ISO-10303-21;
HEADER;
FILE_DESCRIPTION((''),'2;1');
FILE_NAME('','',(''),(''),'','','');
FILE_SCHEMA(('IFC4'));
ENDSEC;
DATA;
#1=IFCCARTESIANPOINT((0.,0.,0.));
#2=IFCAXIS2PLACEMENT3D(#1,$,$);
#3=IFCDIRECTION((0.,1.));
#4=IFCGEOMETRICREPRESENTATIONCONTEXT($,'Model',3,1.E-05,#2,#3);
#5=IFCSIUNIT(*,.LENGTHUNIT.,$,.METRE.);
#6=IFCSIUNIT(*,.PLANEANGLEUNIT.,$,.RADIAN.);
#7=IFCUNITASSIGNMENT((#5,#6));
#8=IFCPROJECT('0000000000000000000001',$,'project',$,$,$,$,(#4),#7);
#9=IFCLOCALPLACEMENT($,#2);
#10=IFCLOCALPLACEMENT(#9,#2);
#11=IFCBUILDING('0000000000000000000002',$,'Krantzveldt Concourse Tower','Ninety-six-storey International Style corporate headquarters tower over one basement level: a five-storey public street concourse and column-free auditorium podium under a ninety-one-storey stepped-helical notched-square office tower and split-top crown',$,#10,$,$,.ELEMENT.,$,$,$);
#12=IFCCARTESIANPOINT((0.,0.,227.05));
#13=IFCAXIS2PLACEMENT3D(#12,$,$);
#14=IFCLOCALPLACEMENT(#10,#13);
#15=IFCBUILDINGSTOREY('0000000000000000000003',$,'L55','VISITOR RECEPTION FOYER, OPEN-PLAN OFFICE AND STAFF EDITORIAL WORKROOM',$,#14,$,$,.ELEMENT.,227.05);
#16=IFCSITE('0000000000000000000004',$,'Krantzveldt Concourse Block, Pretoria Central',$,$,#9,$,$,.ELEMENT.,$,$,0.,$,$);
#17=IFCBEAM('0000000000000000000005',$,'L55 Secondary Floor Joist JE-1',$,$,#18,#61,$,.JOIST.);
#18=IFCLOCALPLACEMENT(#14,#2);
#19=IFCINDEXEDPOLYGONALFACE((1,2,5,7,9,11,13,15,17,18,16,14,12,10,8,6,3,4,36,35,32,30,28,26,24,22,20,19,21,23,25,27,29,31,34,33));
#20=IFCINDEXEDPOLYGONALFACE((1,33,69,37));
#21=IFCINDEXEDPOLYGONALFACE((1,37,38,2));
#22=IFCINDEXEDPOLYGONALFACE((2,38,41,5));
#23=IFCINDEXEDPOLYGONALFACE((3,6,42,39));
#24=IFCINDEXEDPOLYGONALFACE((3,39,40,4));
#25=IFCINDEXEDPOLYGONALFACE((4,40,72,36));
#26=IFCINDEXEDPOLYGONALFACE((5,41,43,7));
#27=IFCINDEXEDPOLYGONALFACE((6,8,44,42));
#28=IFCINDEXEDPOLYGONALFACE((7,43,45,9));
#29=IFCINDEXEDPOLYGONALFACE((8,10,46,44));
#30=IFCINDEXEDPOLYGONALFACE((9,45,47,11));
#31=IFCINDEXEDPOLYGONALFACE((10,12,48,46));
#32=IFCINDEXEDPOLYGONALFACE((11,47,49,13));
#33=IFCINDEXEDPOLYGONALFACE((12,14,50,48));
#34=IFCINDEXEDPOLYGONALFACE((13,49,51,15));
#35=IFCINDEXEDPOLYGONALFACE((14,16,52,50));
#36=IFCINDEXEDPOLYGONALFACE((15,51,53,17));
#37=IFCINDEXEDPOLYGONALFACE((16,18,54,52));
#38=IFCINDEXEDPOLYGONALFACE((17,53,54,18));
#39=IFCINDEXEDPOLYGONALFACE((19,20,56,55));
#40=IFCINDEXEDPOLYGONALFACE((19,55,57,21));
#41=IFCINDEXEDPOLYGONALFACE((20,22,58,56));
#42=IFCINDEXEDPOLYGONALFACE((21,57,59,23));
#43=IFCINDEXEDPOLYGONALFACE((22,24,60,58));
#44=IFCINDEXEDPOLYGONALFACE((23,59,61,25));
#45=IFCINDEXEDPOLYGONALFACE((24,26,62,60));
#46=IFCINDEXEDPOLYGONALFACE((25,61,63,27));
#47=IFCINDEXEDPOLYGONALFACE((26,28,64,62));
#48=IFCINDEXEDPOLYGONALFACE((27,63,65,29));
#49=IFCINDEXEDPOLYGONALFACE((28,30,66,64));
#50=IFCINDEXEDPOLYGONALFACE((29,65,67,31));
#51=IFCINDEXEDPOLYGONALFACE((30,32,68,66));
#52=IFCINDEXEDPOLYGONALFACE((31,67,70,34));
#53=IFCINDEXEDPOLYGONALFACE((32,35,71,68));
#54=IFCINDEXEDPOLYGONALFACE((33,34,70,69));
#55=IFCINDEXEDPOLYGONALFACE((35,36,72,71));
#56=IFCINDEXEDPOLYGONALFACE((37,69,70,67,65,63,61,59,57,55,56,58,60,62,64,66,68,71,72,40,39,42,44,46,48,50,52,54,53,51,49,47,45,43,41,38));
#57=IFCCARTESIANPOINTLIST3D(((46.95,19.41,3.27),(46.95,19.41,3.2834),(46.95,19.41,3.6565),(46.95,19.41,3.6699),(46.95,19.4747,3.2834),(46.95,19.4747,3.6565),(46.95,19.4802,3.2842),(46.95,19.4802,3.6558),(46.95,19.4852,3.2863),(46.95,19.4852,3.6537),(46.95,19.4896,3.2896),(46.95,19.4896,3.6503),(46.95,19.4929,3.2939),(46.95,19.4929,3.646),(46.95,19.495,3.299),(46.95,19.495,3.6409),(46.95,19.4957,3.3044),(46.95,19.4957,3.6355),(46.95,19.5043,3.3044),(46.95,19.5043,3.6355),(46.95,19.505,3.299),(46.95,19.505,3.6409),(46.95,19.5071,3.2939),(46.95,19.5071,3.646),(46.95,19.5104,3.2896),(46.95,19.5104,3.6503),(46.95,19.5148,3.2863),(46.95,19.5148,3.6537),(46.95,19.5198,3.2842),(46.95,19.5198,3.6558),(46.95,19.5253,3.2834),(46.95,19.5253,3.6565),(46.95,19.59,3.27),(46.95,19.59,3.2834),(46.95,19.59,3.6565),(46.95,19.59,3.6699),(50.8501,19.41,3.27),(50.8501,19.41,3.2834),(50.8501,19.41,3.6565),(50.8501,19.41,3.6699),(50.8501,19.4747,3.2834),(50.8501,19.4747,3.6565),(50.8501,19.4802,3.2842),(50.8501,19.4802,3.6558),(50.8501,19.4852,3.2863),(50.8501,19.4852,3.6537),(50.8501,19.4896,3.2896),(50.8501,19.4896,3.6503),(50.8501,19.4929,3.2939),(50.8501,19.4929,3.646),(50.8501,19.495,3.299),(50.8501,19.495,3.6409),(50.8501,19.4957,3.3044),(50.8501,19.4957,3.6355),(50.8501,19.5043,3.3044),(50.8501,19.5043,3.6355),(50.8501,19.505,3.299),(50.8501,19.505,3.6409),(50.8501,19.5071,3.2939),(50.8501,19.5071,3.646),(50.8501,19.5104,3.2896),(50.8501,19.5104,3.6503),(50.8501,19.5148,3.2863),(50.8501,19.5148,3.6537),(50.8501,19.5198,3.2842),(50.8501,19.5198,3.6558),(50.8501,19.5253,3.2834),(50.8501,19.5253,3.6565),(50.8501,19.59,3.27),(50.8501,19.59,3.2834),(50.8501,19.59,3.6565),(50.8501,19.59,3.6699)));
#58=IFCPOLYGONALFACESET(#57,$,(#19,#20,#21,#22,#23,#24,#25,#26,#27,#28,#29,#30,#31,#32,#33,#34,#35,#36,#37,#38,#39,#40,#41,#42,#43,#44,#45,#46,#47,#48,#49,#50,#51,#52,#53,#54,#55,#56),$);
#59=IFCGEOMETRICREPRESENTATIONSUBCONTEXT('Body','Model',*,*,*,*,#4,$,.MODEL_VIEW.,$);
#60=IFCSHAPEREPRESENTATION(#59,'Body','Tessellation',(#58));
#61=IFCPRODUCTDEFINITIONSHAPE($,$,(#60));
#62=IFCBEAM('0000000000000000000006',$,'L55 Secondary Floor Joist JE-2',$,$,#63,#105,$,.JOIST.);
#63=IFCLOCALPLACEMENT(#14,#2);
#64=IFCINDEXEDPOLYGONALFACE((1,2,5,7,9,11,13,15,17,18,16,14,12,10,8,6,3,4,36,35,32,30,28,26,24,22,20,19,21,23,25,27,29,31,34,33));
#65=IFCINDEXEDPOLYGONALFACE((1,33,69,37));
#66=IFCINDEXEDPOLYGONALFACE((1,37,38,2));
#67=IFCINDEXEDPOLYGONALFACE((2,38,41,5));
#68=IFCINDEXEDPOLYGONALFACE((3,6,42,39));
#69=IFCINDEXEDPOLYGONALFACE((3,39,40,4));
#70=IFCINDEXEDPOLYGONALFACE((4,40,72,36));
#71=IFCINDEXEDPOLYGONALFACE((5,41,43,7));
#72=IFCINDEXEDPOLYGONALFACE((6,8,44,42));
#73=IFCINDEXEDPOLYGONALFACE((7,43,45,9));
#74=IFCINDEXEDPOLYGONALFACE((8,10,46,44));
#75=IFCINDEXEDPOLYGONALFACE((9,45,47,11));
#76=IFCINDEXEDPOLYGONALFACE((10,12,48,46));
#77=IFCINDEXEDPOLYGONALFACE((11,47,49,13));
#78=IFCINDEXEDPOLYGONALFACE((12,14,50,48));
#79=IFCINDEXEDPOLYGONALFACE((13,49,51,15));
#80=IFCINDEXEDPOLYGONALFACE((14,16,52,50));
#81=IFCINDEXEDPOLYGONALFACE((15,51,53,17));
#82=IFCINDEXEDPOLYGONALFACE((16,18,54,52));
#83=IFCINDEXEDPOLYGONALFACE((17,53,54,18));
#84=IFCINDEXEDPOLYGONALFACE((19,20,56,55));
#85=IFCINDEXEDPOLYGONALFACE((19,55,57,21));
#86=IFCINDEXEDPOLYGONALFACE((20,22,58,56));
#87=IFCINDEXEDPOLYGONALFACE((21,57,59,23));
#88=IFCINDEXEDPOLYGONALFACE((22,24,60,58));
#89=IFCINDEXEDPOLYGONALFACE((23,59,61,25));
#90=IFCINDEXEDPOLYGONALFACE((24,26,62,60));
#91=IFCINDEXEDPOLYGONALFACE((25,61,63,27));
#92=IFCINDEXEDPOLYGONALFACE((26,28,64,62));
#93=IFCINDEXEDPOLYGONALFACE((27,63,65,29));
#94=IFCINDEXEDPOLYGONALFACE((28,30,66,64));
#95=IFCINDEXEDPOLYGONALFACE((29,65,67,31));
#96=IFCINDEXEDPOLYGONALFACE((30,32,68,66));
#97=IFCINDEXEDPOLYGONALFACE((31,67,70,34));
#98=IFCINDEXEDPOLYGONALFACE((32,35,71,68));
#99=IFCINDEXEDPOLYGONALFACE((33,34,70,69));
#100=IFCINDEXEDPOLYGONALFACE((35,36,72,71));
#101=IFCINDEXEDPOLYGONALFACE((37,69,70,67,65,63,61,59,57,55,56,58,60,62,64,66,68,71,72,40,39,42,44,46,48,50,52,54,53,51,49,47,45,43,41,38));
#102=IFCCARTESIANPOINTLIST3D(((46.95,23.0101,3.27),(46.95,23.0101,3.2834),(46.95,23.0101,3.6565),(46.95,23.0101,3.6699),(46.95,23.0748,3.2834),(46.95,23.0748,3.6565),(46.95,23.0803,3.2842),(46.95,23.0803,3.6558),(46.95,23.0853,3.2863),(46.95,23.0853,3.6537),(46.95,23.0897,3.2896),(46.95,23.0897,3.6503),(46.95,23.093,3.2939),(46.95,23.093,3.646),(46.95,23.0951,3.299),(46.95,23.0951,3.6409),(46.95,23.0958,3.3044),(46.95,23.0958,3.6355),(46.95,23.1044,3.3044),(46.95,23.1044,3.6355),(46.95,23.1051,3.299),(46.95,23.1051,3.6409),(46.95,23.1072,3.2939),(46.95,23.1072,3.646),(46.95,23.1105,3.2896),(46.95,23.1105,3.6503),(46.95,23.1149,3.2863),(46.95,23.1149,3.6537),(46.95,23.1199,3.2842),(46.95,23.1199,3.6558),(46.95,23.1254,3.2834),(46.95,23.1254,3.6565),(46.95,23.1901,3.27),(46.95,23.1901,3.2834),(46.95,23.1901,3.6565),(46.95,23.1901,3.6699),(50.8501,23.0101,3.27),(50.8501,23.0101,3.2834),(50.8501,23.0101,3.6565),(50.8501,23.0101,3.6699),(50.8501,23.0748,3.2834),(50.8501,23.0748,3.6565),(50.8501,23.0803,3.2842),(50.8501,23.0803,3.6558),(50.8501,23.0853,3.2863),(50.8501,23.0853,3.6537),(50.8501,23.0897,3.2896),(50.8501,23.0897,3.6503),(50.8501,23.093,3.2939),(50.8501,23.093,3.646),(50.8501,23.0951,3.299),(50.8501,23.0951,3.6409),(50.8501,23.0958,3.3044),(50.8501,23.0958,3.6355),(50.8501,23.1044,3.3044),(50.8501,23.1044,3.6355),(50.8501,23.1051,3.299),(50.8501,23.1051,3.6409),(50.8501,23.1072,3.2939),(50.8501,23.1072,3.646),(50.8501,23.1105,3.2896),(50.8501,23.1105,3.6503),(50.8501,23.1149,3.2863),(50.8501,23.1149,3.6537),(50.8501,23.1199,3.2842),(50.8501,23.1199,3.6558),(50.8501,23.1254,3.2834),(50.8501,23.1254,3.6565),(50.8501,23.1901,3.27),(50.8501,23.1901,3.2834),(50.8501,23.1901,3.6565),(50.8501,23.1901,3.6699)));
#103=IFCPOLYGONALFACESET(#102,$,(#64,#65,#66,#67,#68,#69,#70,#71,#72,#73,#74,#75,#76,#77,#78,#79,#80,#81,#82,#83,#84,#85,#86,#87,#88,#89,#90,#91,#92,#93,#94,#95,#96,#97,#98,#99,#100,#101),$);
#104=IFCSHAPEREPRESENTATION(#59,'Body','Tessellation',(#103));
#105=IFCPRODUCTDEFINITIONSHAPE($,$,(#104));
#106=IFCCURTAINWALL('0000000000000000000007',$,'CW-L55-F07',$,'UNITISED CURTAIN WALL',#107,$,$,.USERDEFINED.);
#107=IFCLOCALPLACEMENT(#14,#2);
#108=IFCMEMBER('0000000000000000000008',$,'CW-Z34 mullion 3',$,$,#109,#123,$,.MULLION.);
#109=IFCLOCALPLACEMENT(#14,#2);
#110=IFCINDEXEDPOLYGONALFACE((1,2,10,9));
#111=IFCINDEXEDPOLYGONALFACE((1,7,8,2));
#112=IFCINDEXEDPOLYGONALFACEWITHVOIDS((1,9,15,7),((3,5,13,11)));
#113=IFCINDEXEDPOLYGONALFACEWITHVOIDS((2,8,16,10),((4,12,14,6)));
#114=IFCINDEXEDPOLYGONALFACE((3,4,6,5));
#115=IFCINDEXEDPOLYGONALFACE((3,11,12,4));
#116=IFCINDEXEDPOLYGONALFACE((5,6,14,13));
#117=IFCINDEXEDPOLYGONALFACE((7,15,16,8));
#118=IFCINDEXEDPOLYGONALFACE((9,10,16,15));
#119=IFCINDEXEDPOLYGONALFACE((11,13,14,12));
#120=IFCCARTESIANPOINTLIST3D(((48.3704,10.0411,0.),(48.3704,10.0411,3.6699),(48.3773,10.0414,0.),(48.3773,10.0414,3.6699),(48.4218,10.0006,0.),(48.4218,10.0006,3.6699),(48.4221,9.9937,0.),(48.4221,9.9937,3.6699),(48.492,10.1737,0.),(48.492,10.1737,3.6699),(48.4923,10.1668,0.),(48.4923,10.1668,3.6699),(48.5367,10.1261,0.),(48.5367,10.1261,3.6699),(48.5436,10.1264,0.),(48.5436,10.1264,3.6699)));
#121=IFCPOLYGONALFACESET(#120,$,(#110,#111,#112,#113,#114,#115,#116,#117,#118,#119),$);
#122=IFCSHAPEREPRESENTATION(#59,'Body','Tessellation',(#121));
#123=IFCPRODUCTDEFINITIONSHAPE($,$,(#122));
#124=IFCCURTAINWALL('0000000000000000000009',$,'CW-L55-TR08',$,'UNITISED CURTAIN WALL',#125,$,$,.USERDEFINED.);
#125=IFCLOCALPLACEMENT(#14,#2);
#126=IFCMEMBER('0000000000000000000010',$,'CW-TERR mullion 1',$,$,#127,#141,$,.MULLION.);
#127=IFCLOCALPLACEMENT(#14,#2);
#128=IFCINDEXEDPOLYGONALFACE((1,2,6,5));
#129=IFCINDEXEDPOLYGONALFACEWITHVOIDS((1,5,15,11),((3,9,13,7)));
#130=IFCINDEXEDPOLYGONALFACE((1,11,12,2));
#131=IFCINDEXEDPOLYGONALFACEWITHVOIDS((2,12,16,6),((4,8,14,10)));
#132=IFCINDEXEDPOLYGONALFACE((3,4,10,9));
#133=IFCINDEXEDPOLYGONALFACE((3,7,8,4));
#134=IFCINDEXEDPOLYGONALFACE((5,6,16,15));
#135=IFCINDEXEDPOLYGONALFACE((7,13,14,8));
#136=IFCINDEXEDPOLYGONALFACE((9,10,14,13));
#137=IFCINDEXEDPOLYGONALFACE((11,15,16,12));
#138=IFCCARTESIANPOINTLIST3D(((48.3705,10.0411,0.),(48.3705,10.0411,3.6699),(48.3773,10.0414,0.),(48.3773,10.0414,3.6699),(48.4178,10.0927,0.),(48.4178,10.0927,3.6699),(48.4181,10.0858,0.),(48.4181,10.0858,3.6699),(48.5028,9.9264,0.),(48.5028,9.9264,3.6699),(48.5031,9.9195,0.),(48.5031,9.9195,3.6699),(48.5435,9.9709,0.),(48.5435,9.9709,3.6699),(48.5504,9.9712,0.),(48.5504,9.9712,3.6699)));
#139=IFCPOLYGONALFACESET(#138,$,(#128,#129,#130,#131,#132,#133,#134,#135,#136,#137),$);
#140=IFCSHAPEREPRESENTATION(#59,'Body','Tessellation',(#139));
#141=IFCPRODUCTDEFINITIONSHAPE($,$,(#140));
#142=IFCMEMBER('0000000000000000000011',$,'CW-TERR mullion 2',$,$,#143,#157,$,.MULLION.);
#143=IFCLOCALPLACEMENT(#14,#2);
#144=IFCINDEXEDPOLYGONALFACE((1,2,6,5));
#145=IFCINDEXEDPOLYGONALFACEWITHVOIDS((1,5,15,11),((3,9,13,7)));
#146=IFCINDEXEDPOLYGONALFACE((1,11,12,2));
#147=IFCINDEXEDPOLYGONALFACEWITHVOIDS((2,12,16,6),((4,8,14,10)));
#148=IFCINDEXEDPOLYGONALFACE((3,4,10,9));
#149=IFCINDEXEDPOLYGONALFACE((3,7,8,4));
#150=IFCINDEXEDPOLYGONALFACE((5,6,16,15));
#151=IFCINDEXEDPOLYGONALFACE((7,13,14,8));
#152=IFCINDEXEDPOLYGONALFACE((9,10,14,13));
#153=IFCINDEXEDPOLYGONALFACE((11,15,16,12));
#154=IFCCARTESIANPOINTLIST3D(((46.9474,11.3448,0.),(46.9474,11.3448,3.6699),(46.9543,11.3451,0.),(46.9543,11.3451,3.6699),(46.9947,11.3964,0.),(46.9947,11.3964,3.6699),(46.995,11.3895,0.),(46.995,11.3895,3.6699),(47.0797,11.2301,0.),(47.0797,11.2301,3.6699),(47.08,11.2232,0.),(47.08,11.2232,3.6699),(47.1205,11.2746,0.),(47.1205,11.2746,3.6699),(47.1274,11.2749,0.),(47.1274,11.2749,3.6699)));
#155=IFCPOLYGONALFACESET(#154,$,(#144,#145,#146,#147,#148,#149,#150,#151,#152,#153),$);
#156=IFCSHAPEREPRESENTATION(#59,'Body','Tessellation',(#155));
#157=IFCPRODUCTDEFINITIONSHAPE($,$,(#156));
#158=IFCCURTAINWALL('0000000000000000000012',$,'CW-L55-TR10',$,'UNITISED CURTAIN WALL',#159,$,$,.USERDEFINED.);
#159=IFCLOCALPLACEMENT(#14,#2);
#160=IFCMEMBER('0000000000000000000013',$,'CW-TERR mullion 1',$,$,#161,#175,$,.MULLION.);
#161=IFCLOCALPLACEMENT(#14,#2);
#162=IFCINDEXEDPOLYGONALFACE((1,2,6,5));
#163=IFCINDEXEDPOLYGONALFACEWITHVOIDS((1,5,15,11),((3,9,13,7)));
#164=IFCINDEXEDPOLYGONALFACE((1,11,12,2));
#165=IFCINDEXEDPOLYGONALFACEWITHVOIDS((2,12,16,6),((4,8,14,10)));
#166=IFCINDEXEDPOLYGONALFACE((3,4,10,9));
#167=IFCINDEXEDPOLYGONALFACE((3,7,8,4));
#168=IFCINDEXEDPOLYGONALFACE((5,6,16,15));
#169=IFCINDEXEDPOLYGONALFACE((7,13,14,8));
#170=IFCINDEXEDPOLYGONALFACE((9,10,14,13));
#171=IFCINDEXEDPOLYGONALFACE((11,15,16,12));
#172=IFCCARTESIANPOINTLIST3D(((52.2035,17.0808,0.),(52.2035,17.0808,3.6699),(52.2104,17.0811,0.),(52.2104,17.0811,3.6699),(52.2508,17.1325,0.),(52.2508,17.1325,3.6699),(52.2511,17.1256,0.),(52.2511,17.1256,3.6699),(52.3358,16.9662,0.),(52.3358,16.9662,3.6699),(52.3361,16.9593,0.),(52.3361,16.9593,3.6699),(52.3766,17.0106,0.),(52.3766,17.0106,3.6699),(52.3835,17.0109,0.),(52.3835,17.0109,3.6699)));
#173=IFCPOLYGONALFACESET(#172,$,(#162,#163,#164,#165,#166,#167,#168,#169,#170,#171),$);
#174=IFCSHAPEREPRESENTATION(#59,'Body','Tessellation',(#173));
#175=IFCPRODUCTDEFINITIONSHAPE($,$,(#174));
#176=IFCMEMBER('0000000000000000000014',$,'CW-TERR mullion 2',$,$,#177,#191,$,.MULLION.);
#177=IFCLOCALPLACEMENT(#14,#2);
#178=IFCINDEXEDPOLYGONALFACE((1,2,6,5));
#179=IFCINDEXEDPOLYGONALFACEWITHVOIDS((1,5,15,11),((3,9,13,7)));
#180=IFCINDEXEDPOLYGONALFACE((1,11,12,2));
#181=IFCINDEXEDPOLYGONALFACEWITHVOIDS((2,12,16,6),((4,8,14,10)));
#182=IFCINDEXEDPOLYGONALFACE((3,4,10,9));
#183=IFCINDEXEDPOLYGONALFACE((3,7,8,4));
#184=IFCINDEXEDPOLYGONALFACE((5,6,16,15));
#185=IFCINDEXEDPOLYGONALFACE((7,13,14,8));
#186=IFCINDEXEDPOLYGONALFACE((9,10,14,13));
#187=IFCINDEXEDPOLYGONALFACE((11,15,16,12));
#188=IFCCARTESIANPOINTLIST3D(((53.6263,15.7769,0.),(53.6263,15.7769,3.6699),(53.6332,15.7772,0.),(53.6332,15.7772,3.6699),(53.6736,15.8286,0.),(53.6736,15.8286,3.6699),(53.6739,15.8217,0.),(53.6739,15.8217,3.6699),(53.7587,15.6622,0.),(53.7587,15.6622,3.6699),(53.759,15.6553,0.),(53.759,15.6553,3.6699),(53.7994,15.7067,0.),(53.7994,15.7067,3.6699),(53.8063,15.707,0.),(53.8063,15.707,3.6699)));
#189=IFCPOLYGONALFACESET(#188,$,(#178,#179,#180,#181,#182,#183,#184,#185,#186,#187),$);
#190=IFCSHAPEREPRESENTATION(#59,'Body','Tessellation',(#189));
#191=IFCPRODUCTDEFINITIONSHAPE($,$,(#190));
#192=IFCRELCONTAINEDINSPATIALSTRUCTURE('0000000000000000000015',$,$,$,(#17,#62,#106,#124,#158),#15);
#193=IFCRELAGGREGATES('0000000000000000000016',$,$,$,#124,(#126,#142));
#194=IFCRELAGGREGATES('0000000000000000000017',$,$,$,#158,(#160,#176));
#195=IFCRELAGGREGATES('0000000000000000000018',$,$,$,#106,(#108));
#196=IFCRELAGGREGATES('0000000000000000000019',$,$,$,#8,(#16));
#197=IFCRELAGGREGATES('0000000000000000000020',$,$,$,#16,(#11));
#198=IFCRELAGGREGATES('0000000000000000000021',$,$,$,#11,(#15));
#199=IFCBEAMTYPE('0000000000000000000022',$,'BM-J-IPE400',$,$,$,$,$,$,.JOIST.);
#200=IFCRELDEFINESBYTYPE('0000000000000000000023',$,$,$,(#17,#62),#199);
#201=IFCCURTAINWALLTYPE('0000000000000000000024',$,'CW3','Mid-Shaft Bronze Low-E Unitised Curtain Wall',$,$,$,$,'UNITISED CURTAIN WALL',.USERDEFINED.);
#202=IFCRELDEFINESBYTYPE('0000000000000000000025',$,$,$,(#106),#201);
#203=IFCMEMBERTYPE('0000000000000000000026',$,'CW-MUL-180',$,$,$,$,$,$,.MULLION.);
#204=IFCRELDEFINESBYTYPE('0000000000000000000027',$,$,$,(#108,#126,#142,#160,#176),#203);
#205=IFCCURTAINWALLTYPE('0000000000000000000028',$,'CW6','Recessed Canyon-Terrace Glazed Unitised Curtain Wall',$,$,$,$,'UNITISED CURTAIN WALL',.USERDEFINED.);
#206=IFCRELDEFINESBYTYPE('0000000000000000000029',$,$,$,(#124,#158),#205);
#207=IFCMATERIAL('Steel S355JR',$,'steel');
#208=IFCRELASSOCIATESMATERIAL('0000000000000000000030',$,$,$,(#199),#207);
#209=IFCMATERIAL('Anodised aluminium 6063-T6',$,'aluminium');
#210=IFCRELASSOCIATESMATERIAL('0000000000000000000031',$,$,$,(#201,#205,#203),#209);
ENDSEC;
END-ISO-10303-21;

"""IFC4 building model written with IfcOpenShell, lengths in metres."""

from ifc_helpers import new_model, si_unit, direction, frame, origin, origin_2d, place, context, subcontext, project, spatial, hollow_rectangle, i_section, extrude, source, transform, mapped, material, material_profile, profile_set, type_object, type_shapes, element, aggregate, save


model = new_model("IFC4")

# Units and contexts
model_context = context("Model", 3, precision=1e-05, world=origin(), true_north=direction((0.0, 1.0)))
body_context = subcontext(model_context, "Body", "Model", "MODEL_VIEW")
ifc_project = project(units=[si_unit("LENGTHUNIT", "METRE"), si_unit("PLANEANGLEUNIT", "RADIAN")], contexts=[model_context])

# Site, building, storey
site_placement = place(None, origin())
site = spatial("IfcSite", under=ifc_project, at=site_placement, Name="Krantzveldt Concourse Block, Pretoria Central", CompositionType="ELEMENT", RefElevation=0.0)
building_placement = place(site_placement, origin())
building = spatial("IfcBuilding", under=site, at=building_placement, Name="Krantzveldt Concourse Tower", Description="Ninety-six-storey International Style corporate headquarters tower over one basement level: a five-storey public street concourse and column-free auditorium podium under a ninety-one-storey stepped-helical notched-square office tower and split-top crown", CompositionType="ELEMENT")
storey_placement = place(building_placement, frame((0.0, 0.0, 227.05)))
storey = spatial("IfcBuildingStorey", under=building, at=storey_placement, Name="L55", Description="VISITOR RECEPTION FOYER, OPEN-PLAN OFFICE AND STAFF EDITORIAL WORKROOM", CompositionType="ELEMENT", Elevation=227.05)

# Beams
ifc_material_1 = material(Name="Steel S355JR", Category="steel")
ifc_material_profile_1 = material_profile(ifc_material_1, i_section(OverallWidth=0.1799, OverallDepth=0.3999, WebThickness=0.0085, FlangeThickness=0.0134, FilletRadius=0.021, at=origin_2d()), Name="Steel S355JR", Category="steel")
ifc_profile_set_1 = profile_set([ifc_material_profile_1], Name="Steel S355JR - IPE 400")
beam_type_1 = type_object("IfcBeamType", Name="BM-J-IPE400", PredefinedType="JOIST", material=ifc_profile_set_1)
shared_shape_1 = source(origin(), body_context, "Body", "SweptSolid", [
    extrude(i_section(OverallWidth=0.1799, OverallDepth=0.3999, WebThickness=0.0085, FlangeThickness=0.0134, FilletRadius=0.021, at=origin_2d()), origin(), (0.0, 0.0, 1.0), 3.9001),
])
type_shapes(beam_type_1, [shared_shape_1])
for number, where, z_axis, x_axis, name in (
    (1, (46.95, 19.5, 3.47), (1.0, 0.0, 0.0), (0.0, 1.0, 0.0), "L55 Secondary Floor Joist JE-1"),
    (2, (46.95, 23.1001, 3.47), (1.0, 0.0, 0.0), (0.0, 1.0, 0.0), "L55 Secondary Floor Joist JE-2"),
):
    element("IfcBeam", number, at=place(storey_placement, frame(where, z_axis=z_axis, x_axis=x_axis)), inside=storey, type_object=beam_type_1, Name=name, PredefinedType="JOIST", context=body_context, shape_type="MappedRepresentation", body=[
        mapped(shared_shape_1, transform((0.0, 0.0, 0.0), x_axis=(1.0, 0.0, 0.0), y_axis=(0.0, 1.0, 0.0), z_axis=(0.0, 0.0, 1.0), scale=1.0)),
    ])

# Curtain wall, member
ifc_material_2 = material(Name="Anodised aluminium 6063-T6", Category="aluminium")
curtain_wall_type_1 = type_object("IfcCurtainWallType", Name="CW3", Description="Mid-Shaft Bronze Low-E Unitised Curtain Wall", ElementType="UNITISED CURTAIN WALL", PredefinedType="USERDEFINED", material=ifc_material_2)
curtain_wall_1_placement = place(storey_placement, origin())
curtain_wall_1 = element("IfcCurtainWall", 3, at=curtain_wall_1_placement, inside=storey, type_object=curtain_wall_type_1, Name="CW-L55-F07", ObjectType="UNITISED CURTAIN WALL", PredefinedType="USERDEFINED")
ifc_material_profile_2 = material_profile(ifc_material_2, hollow_rectangle(XDim=0.0701, YDim=0.1799, WallThickness=0.0049, at=origin_2d()), Name="Anodised aluminium 6063-T6", Category="aluminium")
ifc_profile_set_2 = profile_set([ifc_material_profile_2], Name="Anodised aluminium 6063-T6 - ALU-MULL 180x70x5")
member_type_1 = type_object("IfcMemberType", Name="CW-MUL-180", PredefinedType="MULLION", material=ifc_profile_set_2)
shared_shape_2 = source(origin(), body_context, "Body", "SweptSolid", [
    extrude(hollow_rectangle(XDim=0.0701, YDim=0.1799, WallThickness=0.0049, at=origin_2d()), origin(), (0.0, 0.0, 1.0), 3.6699),
])
type_shapes(member_type_1, [shared_shape_2])
member_1_placement = place(storey_placement, frame((48.457, 10.0837, 0.0), z_axis=(0.0, 0.0, 1.0), x_axis=(-0.737278, 0.67559, 0.0)))
member_1 = element("IfcMember", 4, at=member_1_placement, type_object=member_type_1, Name="CW-Z34 mullion 3", PredefinedType="MULLION", context=body_context, shape_type="MappedRepresentation", body=[
    mapped(shared_shape_2, transform((0.0, 0.0, 0.0), x_axis=(1.0, 0.0, 0.0), y_axis=(0.0, 1.0, 0.0), z_axis=(0.0, 0.0, 1.0), scale=1.0)),
])

# Curtain walls, members
curtain_wall_type_2 = type_object("IfcCurtainWallType", Name="CW6", Description="Recessed Canyon-Terrace Glazed Unitised Curtain Wall", ElementType="UNITISED CURTAIN WALL", PredefinedType="USERDEFINED", material=ifc_material_2)
curtain_wall_2_placement = place(storey_placement, origin())
curtain_wall_2 = element("IfcCurtainWall", 5, at=curtain_wall_2_placement, inside=storey, type_object=curtain_wall_type_2, Name="CW-L55-TR08", ObjectType="UNITISED CURTAIN WALL", PredefinedType="USERDEFINED")
member_2_placement = place(storey_placement, frame((48.4604, 10.0061, 0.0), z_axis=(0.0, 0.0, 1.0), x_axis=(-0.675591, -0.737276, 0.0)))
member_2 = element("IfcMember", 6, at=member_2_placement, type_object=member_type_1, Name="CW-TERR mullion 1", PredefinedType="MULLION", context=body_context, shape_type="MappedRepresentation", body=[
    mapped(shared_shape_2, transform((0.0, 0.0, 0.0), x_axis=(1.0, 0.0, 0.0), y_axis=(0.0, 1.0, 0.0), z_axis=(0.0, 0.0, 1.0), scale=1.0)),
])
member_3_placement = place(storey_placement, frame((47.0374, 11.3098, 0.0), z_axis=(0.0, 0.0, 1.0), x_axis=(-0.675591, -0.737276, 0.0)))
member_3 = element("IfcMember", 7, at=member_3_placement, type_object=member_type_1, Name="CW-TERR mullion 2", PredefinedType="MULLION", context=body_context, shape_type="MappedRepresentation", body=[
    mapped(shared_shape_2, transform((0.0, 0.0, 0.0), x_axis=(1.0, 0.0, 0.0), y_axis=(0.0, 1.0, 0.0), z_axis=(0.0, 0.0, 1.0), scale=1.0)),
])
curtain_wall_3_placement = place(storey_placement, origin())
curtain_wall_3 = element("IfcCurtainWall", 8, at=curtain_wall_3_placement, inside=storey, type_object=curtain_wall_type_2, Name="CW-L55-TR10", ObjectType="UNITISED CURTAIN WALL", PredefinedType="USERDEFINED")
member_4_placement = place(storey_placement, frame((52.2935, 17.0459, 0.0), z_axis=(0.0, 0.0, 1.0), x_axis=(0.675591, 0.737276, 0.0)))
member_4 = element("IfcMember", 9, at=member_4_placement, type_object=member_type_1, Name="CW-TERR mullion 1", PredefinedType="MULLION", context=body_context, shape_type="MappedRepresentation", body=[
    mapped(shared_shape_2, transform((0.0, 0.0, 0.0), x_axis=(1.0, 0.0, 0.0), y_axis=(0.0, 1.0, 0.0), z_axis=(0.0, 0.0, 1.0), scale=1.0)),
])
member_5_placement = place(storey_placement, frame((53.7163, 15.7419, 0.0), z_axis=(0.0, 0.0, 1.0), x_axis=(0.675591, 0.737276, 0.0)))
member_5 = element("IfcMember", 10, at=member_5_placement, type_object=member_type_1, Name="CW-TERR mullion 2", PredefinedType="MULLION", context=body_context, shape_type="MappedRepresentation", body=[
    mapped(shared_shape_2, transform((0.0, 0.0, 0.0), x_axis=(1.0, 0.0, 0.0), y_axis=(0.0, 1.0, 0.0), z_axis=(0.0, 0.0, 1.0), scale=1.0)),
])

aggregate(curtain_wall_2, [member_2, member_3])
aggregate(curtain_wall_3, [member_4, member_5])
aggregate(curtain_wall_1, [member_1])

save(model, "model.ifc")
